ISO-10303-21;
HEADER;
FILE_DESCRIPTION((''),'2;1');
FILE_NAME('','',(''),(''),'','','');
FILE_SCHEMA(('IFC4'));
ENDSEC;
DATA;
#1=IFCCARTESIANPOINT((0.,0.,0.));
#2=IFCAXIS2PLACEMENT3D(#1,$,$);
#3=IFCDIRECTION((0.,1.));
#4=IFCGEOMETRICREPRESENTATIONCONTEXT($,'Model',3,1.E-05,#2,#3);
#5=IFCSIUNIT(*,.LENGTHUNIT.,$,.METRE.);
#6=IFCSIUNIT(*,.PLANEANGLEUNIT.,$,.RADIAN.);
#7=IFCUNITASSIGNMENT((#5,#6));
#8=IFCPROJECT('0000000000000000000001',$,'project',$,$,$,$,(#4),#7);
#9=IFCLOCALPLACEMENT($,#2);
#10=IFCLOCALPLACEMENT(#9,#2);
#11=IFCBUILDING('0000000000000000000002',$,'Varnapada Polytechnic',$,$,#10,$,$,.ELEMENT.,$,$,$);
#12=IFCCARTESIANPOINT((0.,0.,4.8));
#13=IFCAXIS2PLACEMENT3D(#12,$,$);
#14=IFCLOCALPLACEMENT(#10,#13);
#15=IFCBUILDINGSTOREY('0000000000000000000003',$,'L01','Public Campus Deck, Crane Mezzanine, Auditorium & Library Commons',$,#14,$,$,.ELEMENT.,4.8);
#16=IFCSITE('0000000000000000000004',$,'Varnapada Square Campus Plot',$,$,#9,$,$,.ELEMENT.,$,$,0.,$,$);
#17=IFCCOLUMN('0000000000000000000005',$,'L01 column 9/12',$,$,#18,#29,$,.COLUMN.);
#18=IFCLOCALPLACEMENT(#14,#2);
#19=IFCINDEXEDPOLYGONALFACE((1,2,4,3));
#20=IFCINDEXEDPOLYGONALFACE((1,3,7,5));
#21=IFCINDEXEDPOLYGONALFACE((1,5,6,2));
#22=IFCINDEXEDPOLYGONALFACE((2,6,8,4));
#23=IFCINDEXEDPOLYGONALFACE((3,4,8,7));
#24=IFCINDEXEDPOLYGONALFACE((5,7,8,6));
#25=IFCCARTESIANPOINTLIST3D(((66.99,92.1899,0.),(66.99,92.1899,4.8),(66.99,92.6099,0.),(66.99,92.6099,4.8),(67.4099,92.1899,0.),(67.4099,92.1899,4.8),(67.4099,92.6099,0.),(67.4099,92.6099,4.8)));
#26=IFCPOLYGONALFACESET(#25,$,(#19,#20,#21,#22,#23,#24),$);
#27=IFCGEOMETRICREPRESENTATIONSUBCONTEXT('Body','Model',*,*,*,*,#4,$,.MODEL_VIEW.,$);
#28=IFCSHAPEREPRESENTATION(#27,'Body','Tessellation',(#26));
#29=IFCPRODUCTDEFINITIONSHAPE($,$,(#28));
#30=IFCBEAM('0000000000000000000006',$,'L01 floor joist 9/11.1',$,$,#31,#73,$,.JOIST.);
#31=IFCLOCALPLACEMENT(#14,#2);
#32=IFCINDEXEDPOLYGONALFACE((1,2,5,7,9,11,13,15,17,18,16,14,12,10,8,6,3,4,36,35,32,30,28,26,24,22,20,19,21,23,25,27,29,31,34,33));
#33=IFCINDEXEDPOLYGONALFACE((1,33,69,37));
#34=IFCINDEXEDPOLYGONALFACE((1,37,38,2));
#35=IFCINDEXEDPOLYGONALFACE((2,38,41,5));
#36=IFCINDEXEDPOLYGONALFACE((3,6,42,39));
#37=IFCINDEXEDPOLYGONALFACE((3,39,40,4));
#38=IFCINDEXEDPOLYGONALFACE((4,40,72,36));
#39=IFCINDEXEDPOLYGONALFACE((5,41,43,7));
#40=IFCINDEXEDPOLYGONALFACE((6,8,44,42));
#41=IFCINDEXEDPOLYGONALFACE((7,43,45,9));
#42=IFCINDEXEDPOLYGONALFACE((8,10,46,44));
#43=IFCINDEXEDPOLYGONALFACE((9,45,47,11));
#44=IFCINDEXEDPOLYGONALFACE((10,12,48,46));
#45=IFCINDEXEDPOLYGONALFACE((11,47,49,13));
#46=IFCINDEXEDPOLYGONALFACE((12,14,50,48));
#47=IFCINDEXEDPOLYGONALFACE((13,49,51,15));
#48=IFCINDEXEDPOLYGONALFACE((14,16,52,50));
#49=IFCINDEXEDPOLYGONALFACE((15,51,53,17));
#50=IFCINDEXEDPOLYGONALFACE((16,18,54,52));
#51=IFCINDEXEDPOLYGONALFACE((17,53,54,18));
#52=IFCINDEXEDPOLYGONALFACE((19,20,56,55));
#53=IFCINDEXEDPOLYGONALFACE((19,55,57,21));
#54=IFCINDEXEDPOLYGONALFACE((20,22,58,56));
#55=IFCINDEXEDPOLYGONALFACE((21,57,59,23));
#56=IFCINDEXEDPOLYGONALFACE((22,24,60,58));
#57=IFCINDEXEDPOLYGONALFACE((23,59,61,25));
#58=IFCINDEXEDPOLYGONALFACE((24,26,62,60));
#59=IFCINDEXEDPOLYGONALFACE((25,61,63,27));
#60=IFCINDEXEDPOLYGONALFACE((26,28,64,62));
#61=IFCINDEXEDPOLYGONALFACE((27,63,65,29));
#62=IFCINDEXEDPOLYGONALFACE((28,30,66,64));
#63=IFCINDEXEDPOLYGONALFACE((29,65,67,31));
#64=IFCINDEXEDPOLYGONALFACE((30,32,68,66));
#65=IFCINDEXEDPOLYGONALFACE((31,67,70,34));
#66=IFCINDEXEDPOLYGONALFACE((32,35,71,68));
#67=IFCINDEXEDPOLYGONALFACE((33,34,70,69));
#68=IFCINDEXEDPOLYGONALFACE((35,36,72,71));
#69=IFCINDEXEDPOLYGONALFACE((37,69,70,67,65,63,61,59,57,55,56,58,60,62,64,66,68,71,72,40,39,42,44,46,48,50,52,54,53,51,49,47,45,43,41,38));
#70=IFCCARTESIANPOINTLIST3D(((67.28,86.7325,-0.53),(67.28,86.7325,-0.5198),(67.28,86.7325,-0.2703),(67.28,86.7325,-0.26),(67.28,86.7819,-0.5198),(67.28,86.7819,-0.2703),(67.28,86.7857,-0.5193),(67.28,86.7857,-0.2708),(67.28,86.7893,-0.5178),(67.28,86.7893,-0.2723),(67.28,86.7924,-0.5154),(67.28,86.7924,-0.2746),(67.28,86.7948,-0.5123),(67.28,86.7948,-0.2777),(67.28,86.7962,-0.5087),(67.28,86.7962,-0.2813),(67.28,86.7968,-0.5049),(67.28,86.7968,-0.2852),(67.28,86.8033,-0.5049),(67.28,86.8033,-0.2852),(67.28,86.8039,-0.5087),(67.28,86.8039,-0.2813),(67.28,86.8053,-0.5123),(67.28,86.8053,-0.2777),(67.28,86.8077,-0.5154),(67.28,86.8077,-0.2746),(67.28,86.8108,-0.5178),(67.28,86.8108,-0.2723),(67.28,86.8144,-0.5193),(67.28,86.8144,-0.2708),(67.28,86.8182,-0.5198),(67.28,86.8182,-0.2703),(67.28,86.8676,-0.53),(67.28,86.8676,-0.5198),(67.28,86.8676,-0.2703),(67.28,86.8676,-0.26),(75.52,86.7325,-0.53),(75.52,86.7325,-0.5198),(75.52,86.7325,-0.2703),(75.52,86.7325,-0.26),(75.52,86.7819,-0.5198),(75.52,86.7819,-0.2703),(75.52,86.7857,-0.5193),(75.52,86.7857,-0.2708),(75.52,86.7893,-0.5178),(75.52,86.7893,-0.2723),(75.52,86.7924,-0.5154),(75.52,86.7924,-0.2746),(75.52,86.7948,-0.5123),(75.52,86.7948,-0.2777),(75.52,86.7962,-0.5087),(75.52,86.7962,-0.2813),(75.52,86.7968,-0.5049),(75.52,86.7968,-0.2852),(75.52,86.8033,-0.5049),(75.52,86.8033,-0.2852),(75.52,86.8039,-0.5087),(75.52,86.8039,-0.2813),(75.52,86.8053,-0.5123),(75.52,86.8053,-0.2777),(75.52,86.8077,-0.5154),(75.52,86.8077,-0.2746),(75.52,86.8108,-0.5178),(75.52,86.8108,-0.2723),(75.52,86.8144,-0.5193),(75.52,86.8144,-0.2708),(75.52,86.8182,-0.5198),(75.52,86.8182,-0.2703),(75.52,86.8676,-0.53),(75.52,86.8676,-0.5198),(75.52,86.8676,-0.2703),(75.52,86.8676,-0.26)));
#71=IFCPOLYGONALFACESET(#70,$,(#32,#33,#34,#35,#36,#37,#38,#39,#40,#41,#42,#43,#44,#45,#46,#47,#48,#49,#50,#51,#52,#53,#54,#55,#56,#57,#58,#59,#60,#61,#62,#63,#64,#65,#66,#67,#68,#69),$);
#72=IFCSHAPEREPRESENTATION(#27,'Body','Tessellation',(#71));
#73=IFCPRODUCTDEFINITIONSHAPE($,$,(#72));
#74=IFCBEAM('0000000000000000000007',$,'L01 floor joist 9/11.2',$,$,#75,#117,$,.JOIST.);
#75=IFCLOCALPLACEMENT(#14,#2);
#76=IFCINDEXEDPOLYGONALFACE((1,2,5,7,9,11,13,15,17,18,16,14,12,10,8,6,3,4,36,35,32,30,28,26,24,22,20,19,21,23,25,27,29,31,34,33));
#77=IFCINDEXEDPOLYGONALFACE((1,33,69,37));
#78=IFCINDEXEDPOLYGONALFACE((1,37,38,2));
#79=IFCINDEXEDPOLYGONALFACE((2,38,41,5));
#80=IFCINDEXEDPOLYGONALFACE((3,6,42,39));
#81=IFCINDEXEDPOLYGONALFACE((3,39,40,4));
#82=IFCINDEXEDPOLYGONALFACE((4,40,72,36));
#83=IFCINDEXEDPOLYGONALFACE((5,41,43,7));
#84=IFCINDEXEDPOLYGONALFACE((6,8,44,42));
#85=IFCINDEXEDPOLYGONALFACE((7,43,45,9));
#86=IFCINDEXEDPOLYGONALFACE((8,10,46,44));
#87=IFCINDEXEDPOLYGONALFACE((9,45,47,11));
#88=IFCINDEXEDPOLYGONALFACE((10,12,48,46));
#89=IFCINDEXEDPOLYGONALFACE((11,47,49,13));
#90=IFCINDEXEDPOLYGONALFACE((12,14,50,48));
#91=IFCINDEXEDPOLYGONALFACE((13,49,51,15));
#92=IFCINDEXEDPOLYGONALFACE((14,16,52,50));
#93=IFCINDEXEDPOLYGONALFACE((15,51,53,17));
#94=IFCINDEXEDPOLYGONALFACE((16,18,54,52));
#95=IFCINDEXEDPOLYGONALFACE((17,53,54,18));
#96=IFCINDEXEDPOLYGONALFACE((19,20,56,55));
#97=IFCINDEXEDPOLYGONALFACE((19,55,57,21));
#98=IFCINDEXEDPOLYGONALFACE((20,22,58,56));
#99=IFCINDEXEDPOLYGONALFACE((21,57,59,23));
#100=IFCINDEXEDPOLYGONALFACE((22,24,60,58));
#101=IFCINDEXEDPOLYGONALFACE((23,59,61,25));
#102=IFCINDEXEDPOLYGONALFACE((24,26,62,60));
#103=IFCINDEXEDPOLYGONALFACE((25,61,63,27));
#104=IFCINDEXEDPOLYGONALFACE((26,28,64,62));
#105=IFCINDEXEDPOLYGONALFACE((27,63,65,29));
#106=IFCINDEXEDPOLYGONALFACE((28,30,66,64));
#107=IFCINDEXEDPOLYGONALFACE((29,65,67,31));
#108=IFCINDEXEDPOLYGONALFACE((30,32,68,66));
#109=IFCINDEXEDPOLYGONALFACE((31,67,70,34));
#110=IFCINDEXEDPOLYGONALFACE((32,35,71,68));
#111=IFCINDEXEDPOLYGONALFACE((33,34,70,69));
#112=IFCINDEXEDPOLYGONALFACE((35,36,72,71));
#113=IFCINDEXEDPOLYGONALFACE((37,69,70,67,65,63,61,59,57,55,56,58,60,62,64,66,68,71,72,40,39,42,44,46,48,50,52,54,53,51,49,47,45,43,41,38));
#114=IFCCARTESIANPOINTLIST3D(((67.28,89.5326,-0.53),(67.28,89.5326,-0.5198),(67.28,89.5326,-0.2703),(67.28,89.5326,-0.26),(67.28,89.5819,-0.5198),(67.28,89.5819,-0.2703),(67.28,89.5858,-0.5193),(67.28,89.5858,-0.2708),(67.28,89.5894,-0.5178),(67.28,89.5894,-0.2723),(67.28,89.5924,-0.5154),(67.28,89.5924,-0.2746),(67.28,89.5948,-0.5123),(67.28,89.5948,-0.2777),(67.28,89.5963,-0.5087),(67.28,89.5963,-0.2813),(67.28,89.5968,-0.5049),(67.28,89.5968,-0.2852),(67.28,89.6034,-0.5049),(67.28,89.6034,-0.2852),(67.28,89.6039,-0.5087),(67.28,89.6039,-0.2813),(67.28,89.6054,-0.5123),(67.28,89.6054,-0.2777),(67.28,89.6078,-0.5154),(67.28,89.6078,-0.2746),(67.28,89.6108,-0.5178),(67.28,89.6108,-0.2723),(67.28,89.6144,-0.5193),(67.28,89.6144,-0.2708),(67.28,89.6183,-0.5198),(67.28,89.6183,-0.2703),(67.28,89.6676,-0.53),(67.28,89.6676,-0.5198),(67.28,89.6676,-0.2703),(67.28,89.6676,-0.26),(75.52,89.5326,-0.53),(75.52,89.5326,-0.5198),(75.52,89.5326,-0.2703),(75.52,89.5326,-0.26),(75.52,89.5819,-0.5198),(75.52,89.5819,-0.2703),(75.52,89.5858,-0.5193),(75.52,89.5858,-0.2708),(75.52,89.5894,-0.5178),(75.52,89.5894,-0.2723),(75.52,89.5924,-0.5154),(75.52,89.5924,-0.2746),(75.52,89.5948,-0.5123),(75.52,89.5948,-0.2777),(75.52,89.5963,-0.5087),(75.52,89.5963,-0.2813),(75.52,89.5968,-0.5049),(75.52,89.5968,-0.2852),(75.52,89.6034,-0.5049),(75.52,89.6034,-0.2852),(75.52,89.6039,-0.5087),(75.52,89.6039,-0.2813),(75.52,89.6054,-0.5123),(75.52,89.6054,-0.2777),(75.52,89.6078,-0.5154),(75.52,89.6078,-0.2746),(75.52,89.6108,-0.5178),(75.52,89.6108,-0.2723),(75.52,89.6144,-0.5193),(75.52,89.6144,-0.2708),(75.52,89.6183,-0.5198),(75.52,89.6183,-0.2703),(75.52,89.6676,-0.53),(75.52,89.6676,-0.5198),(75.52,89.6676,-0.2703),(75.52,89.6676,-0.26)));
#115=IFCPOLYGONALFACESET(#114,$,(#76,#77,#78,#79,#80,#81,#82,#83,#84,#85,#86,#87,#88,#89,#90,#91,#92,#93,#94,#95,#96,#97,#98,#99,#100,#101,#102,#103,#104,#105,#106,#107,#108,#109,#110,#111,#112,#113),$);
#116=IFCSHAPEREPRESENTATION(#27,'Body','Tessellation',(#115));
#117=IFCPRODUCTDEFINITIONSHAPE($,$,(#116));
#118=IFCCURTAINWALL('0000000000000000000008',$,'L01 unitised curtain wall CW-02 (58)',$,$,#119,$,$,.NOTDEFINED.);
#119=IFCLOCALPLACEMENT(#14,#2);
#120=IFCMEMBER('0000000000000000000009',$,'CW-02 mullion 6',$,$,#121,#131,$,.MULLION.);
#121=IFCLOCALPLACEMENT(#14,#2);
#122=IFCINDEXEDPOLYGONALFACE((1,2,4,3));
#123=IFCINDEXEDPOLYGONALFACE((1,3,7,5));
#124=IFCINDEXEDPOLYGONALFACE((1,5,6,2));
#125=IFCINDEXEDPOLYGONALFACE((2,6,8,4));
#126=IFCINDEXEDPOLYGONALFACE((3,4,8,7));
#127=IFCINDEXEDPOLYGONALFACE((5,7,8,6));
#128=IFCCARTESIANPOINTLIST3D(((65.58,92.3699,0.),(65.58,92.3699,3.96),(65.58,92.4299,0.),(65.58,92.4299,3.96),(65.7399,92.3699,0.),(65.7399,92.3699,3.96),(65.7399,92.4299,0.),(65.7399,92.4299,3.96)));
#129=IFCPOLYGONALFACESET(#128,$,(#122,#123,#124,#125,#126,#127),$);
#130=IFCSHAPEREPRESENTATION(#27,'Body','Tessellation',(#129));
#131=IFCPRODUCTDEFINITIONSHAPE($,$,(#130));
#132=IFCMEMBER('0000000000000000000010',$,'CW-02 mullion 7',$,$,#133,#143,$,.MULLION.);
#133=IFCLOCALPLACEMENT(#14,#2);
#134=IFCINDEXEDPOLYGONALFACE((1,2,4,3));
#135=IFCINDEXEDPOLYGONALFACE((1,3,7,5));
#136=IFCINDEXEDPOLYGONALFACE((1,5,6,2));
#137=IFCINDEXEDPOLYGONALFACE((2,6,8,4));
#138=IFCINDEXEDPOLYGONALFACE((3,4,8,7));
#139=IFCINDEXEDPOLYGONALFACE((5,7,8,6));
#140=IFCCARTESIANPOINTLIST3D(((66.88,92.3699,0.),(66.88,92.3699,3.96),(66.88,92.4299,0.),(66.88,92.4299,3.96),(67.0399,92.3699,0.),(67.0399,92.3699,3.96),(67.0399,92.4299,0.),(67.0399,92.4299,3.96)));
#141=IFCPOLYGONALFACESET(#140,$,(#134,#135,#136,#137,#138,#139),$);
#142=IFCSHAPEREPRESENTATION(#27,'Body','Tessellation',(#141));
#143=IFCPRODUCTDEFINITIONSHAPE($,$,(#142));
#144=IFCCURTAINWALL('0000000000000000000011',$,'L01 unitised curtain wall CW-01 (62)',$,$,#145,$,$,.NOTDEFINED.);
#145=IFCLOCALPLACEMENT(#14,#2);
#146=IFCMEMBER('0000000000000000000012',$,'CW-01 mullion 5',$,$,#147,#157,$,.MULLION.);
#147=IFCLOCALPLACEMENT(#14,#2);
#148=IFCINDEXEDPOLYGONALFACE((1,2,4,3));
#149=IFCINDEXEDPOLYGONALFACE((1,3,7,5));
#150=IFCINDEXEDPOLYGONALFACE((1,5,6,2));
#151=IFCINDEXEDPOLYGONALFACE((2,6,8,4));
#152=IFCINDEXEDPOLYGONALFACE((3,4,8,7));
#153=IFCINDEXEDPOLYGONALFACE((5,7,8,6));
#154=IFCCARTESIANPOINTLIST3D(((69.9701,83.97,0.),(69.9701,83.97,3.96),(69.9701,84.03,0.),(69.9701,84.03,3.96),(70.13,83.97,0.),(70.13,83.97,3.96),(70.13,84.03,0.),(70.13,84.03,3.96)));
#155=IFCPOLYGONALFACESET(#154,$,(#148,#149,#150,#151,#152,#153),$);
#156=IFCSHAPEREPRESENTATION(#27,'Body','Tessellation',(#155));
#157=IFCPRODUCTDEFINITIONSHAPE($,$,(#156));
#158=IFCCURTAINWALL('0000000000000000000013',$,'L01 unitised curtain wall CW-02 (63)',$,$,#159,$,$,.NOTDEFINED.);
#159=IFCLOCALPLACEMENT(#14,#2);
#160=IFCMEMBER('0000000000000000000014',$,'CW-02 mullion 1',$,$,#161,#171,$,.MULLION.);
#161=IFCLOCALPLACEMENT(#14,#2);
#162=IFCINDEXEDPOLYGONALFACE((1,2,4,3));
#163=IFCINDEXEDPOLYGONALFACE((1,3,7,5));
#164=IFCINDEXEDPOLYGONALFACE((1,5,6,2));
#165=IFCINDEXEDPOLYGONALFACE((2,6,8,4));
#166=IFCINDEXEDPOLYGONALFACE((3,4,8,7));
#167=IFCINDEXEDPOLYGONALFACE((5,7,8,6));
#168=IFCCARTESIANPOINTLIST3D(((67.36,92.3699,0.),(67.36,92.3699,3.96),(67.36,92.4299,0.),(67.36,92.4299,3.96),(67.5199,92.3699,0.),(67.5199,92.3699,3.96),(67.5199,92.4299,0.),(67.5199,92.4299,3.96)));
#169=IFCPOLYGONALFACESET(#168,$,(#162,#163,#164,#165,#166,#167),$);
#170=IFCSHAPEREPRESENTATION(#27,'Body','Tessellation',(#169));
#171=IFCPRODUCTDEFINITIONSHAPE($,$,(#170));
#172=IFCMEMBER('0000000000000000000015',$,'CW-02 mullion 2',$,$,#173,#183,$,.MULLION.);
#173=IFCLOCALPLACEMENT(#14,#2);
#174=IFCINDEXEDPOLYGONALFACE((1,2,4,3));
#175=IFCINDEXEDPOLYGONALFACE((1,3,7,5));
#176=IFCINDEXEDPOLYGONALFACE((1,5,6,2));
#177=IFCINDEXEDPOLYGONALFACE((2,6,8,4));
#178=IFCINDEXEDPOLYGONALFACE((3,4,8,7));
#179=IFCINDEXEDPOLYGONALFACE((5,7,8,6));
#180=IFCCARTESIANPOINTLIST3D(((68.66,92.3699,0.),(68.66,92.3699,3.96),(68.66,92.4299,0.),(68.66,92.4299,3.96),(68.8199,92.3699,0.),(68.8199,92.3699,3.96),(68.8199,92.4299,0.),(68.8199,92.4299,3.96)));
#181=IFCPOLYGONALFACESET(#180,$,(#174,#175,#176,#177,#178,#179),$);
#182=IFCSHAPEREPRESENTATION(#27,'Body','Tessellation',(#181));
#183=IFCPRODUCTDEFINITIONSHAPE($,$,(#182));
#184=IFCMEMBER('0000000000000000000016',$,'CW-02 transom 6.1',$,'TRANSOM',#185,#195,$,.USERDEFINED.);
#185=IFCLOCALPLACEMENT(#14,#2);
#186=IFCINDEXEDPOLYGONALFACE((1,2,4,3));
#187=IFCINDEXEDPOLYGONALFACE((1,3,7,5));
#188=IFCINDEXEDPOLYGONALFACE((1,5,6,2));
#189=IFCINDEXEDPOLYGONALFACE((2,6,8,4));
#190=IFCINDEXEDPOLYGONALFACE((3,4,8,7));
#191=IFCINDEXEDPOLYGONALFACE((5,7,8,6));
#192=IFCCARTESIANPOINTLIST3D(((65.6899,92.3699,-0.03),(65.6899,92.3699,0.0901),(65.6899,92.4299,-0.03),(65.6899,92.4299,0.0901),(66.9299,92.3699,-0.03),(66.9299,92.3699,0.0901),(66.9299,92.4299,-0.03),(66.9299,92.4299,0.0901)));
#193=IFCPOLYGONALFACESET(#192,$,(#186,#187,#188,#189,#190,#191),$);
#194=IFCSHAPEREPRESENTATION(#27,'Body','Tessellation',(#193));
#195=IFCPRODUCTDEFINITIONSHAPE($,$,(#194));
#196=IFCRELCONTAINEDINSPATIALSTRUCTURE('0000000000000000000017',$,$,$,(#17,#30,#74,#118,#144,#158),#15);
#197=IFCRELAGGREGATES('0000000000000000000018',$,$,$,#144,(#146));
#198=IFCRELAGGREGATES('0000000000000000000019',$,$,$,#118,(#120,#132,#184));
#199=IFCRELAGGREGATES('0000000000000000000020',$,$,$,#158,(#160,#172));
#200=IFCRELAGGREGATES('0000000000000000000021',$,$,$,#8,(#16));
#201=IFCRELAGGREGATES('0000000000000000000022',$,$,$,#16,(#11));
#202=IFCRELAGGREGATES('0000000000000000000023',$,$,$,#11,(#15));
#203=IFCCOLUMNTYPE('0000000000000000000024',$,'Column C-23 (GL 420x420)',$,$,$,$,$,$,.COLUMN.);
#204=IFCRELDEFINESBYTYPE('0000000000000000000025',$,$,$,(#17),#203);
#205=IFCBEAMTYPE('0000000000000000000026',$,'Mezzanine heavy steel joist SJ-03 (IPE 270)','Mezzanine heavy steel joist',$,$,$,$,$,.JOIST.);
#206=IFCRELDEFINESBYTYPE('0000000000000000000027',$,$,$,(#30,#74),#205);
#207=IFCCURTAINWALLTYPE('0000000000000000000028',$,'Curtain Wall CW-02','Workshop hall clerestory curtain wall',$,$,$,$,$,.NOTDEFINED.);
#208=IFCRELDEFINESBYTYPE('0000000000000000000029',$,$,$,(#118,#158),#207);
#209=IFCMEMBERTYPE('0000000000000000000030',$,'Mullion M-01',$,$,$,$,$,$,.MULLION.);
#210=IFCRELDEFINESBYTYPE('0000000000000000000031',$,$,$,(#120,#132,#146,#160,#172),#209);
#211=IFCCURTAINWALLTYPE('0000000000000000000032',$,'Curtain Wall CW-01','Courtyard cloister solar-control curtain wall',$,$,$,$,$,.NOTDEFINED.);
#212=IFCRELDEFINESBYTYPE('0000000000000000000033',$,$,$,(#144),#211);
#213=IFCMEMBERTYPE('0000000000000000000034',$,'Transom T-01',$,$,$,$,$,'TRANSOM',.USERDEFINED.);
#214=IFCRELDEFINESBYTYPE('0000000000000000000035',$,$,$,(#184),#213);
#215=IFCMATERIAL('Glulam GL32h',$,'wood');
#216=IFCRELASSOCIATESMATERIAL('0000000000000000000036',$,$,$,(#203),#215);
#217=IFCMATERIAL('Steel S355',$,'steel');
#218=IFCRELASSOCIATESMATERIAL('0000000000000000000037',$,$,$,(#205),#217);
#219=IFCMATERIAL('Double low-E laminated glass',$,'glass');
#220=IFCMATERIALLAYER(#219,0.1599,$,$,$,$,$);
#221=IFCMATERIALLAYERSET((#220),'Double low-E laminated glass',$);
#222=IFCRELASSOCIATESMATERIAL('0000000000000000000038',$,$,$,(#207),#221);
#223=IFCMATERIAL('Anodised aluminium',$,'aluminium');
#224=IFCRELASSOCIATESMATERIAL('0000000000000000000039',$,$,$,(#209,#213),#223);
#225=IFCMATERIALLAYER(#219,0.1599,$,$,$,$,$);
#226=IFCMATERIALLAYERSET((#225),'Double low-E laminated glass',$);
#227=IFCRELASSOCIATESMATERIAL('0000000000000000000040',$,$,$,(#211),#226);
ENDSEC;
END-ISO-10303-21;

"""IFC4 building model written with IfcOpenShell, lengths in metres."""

from ifc_helpers import new_model, si_unit, direction, frame, origin, origin_2d, place, context, subcontext, project, spatial, rectangle, i_section, extrude, material, layer, layer_set, material_profile, profile_set, type_object, element, aggregate, save


model = new_model("IFC4")

# Units and contexts
model_context = context("Model", 3, precision=1e-05, world=origin(), true_north=direction((0.0, 1.0)))
body_context = subcontext(model_context, "Body", "Model", "MODEL_VIEW")
ifc_project = project(units=[si_unit("LENGTHUNIT", "METRE"), si_unit("PLANEANGLEUNIT", "RADIAN")], contexts=[model_context])

# Site, building, storey
site_placement = place(None, origin())
site = spatial("IfcSite", under=ifc_project, at=site_placement, Name="Varnapada Square Campus Plot", CompositionType="ELEMENT", RefElevation=0.0)
building_placement = place(site_placement, origin())
building = spatial("IfcBuilding", under=site, at=building_placement, Name="Varnapada Polytechnic", CompositionType="ELEMENT")
storey_placement = place(building_placement, frame((0.0, 0.0, 4.8)))
storey = spatial("IfcBuildingStorey", under=building, at=storey_placement, Name="L01", Description="Public Campus Deck, Crane Mezzanine, Auditorium & Library Commons", CompositionType="ELEMENT", Elevation=4.8)

# Column
ifc_material_1 = material(Name="Glulam GL32h", Category="wood")
ifc_material_profile_1 = material_profile(ifc_material_1, rectangle(XDim=0.4199, YDim=0.4199, at=origin_2d()), Name="GL 420x420")
ifc_profile_set_1 = profile_set([ifc_material_profile_1], Name="Glulam GL32h")
column_type = type_object("IfcColumnType", Name="Column C-23 (GL 420x420)", PredefinedType="COLUMN", material=ifc_profile_set_1)
column_placement = place(storey_placement, frame((67.2, 92.3999, 0.0), z_axis=(0.0, 0.0, 1.0), x_axis=(1.0, 0.0, 0.0)))
element("IfcColumn", 1, at=column_placement, inside=storey, type_object=column_type, Name="L01 column 9/12", PredefinedType="COLUMN", context=body_context, shape_type="SweptSolid", body=[
    extrude(rectangle(XDim=0.4199, YDim=0.4199, at=origin_2d()), origin(), (0.0, 0.0, 1.0), 4.8),
])

# Beams
ifc_material_2 = material(Name="Steel S355", Category="steel")
ifc_material_profile_2 = material_profile(ifc_material_2, i_section(OverallWidth=0.135, OverallDepth=0.27, WebThickness=0.0066, FlangeThickness=0.0103, FilletRadius=0.0149, at=origin_2d()), Name="IPE 270")
ifc_profile_set_2 = profile_set([ifc_material_profile_2], Name="Steel S355")
beam_type_1 = type_object("IfcBeamType", Name="Mezzanine heavy steel joist SJ-03 (IPE 270)", Description="Mezzanine heavy steel joist", PredefinedType="JOIST", material=ifc_profile_set_2)
for number, where, z_axis, x_axis, name in (
    (2, (67.28, 86.8, -0.395), (1.0, 0.0, 0.0), (0.0, 1.0, 0.0), "L01 floor joist 9/11.1"),
    (3, (67.28, 89.6001, -0.395), (1.0, 0.0, 0.0), (0.0, 1.0, 0.0), "L01 floor joist 9/11.2"),
):
    element("IfcBeam", number, at=place(storey_placement, frame(where, z_axis=z_axis, x_axis=x_axis)), inside=storey, type_object=beam_type_1, Name=name, PredefinedType="JOIST", context=body_context, shape_type="SweptSolid", body=[
        extrude(i_section(OverallWidth=0.135, OverallDepth=0.27, WebThickness=0.0066, FlangeThickness=0.0103, FilletRadius=0.0149, at=origin_2d()), origin(), (0.0, 0.0, 1.0), 8.24),
    ])

# Curtain wall, members
ifc_material_3 = material(Name="Double low-E laminated glass", Category="glass")
ifc_layer_1 = layer(ifc_material_3, 0.1599)
ifc_layer_set_1 = layer_set([ifc_layer_1], Name="Double low-E laminated glass")
curtain_wall_type_1 = type_object("IfcCurtainWallType", Name="Curtain Wall CW-02", Description="Workshop hall clerestory curtain wall", PredefinedType="NOTDEFINED", material=ifc_layer_set_1)
curtain_wall_1_placement = place(storey_placement, origin())
curtain_wall_1 = element("IfcCurtainWall", 4, at=curtain_wall_1_placement, inside=storey, type_object=curtain_wall_type_1, Name="L01 unitised curtain wall CW-02 (58)", PredefinedType="NOTDEFINED")
ifc_material_4 = material(Name="Anodised aluminium", Category="aluminium")
ifc_material_profile_3 = material_profile(ifc_material_4, rectangle(XDim=0.0601, YDim=0.1599, at=origin_2d()), Name="ALU M60x160")
ifc_profile_set_3 = profile_set([ifc_material_profile_3], Name="Anodised aluminium")
member_type_1 = type_object("IfcMemberType", Name="Mullion M-01", PredefinedType="MULLION", material=ifc_profile_set_3)
member_1_placement = place(storey_placement, frame((65.6599, 92.3999, 0.0), z_axis=(0.0, 0.0, 1.0), x_axis=(0.0, 1.0, 0.0)))
member_1 = element("IfcMember", 5, at=member_1_placement, type_object=member_type_1, Name="CW-02 mullion 6", PredefinedType="MULLION", context=body_context, shape_type="SweptSolid", body=[
    extrude(rectangle(XDim=0.0601, YDim=0.1599, at=origin_2d()), origin(), (0.0, 0.0, 1.0), 3.96),
])
member_2_placement = place(storey_placement, frame((66.96, 92.3999, 0.0), z_axis=(0.0, 0.0, 1.0), x_axis=(0.0, 1.0, 0.0)))
member_2 = element("IfcMember", 6, at=member_2_placement, type_object=member_type_1, Name="CW-02 mullion 7", PredefinedType="MULLION", context=body_context, shape_type="SweptSolid", body=[
    extrude(rectangle(XDim=0.0601, YDim=0.1599, at=origin_2d()), origin(), (0.0, 0.0, 1.0), 3.96),
])

# Curtain wall, member
ifc_layer_2 = layer(ifc_material_3, 0.1599)
ifc_layer_set_2 = layer_set([ifc_layer_2], Name="Double low-E laminated glass")
curtain_wall_type_2 = type_object("IfcCurtainWallType", Name="Curtain Wall CW-01", Description="Courtyard cloister solar-control curtain wall", PredefinedType="NOTDEFINED", material=ifc_layer_set_2)
curtain_wall_2_placement = place(storey_placement, origin())
curtain_wall_2 = element("IfcCurtainWall", 7, at=curtain_wall_2_placement, inside=storey, type_object=curtain_wall_type_2, Name="L01 unitised curtain wall CW-01 (62)", PredefinedType="NOTDEFINED")
member_3_placement = place(storey_placement, frame((70.05, 84.0, 0.0), z_axis=(0.0, 0.0, 1.0), x_axis=(0.0, -1.0, 0.0)))
member_3 = element("IfcMember", 8, at=member_3_placement, type_object=member_type_1, Name="CW-01 mullion 5", PredefinedType="MULLION", context=body_context, shape_type="SweptSolid", body=[
    extrude(rectangle(XDim=0.0601, YDim=0.1599, at=origin_2d()), origin(), (0.0, 0.0, 1.0), 3.96),
])

# Curtain wall, members
curtain_wall_3_placement = place(storey_placement, origin())
curtain_wall_3 = element("IfcCurtainWall", 9, at=curtain_wall_3_placement, inside=storey, type_object=curtain_wall_type_1, Name="L01 unitised curtain wall CW-02 (63)", PredefinedType="NOTDEFINED")
member_4_placement = place(storey_placement, frame((67.4399, 92.3999, 0.0), z_axis=(0.0, 0.0, 1.0), x_axis=(0.0, 1.0, 0.0)))
member_4 = element("IfcMember", 10, at=member_4_placement, type_object=member_type_1, Name="CW-02 mullion 1", PredefinedType="MULLION", context=body_context, shape_type="SweptSolid", body=[
    extrude(rectangle(XDim=0.0601, YDim=0.1599, at=origin_2d()), origin(), (0.0, 0.0, 1.0), 3.96),
])
member_5_placement = place(storey_placement, frame((68.74, 92.3999, 0.0), z_axis=(0.0, 0.0, 1.0), x_axis=(0.0, 1.0, 0.0)))
member_5 = element("IfcMember", 11, at=member_5_placement, type_object=member_type_1, Name="CW-02 mullion 2", PredefinedType="MULLION", context=body_context, shape_type="SweptSolid", body=[
    extrude(rectangle(XDim=0.0601, YDim=0.1599, at=origin_2d()), origin(), (0.0, 0.0, 1.0), 3.96),
])

# Member
ifc_material_profile_4 = material_profile(ifc_material_4, rectangle(XDim=0.0601, YDim=0.1201, at=origin_2d()), Name="ALU T60x120")
ifc_profile_set_4 = profile_set([ifc_material_profile_4], Name="Anodised aluminium")
member_type_2 = type_object("IfcMemberType", Name="Transom T-01", ElementType="TRANSOM", PredefinedType="USERDEFINED", material=ifc_profile_set_4)
member_6_placement = place(storey_placement, frame((65.6899, 92.3999, 0.03), z_axis=(1.0, 0.0, 0.0), x_axis=(0.0, 1.0, 0.0)))
member_6 = element("IfcMember", 12, at=member_6_placement, type_object=member_type_2, Name="CW-02 transom 6.1", ObjectType="TRANSOM", PredefinedType="USERDEFINED", context=body_context, shape_type="SweptSolid", body=[
    extrude(rectangle(XDim=0.0601, YDim=0.1201, at=origin_2d()), origin(), (0.0, 0.0, 1.0), 1.24),
])
aggregate(curtain_wall_2, [member_3])

aggregate(curtain_wall_1, [member_1, member_2, member_6])
aggregate(curtain_wall_3, [member_4, member_5])

save(model, "model.ifc")
